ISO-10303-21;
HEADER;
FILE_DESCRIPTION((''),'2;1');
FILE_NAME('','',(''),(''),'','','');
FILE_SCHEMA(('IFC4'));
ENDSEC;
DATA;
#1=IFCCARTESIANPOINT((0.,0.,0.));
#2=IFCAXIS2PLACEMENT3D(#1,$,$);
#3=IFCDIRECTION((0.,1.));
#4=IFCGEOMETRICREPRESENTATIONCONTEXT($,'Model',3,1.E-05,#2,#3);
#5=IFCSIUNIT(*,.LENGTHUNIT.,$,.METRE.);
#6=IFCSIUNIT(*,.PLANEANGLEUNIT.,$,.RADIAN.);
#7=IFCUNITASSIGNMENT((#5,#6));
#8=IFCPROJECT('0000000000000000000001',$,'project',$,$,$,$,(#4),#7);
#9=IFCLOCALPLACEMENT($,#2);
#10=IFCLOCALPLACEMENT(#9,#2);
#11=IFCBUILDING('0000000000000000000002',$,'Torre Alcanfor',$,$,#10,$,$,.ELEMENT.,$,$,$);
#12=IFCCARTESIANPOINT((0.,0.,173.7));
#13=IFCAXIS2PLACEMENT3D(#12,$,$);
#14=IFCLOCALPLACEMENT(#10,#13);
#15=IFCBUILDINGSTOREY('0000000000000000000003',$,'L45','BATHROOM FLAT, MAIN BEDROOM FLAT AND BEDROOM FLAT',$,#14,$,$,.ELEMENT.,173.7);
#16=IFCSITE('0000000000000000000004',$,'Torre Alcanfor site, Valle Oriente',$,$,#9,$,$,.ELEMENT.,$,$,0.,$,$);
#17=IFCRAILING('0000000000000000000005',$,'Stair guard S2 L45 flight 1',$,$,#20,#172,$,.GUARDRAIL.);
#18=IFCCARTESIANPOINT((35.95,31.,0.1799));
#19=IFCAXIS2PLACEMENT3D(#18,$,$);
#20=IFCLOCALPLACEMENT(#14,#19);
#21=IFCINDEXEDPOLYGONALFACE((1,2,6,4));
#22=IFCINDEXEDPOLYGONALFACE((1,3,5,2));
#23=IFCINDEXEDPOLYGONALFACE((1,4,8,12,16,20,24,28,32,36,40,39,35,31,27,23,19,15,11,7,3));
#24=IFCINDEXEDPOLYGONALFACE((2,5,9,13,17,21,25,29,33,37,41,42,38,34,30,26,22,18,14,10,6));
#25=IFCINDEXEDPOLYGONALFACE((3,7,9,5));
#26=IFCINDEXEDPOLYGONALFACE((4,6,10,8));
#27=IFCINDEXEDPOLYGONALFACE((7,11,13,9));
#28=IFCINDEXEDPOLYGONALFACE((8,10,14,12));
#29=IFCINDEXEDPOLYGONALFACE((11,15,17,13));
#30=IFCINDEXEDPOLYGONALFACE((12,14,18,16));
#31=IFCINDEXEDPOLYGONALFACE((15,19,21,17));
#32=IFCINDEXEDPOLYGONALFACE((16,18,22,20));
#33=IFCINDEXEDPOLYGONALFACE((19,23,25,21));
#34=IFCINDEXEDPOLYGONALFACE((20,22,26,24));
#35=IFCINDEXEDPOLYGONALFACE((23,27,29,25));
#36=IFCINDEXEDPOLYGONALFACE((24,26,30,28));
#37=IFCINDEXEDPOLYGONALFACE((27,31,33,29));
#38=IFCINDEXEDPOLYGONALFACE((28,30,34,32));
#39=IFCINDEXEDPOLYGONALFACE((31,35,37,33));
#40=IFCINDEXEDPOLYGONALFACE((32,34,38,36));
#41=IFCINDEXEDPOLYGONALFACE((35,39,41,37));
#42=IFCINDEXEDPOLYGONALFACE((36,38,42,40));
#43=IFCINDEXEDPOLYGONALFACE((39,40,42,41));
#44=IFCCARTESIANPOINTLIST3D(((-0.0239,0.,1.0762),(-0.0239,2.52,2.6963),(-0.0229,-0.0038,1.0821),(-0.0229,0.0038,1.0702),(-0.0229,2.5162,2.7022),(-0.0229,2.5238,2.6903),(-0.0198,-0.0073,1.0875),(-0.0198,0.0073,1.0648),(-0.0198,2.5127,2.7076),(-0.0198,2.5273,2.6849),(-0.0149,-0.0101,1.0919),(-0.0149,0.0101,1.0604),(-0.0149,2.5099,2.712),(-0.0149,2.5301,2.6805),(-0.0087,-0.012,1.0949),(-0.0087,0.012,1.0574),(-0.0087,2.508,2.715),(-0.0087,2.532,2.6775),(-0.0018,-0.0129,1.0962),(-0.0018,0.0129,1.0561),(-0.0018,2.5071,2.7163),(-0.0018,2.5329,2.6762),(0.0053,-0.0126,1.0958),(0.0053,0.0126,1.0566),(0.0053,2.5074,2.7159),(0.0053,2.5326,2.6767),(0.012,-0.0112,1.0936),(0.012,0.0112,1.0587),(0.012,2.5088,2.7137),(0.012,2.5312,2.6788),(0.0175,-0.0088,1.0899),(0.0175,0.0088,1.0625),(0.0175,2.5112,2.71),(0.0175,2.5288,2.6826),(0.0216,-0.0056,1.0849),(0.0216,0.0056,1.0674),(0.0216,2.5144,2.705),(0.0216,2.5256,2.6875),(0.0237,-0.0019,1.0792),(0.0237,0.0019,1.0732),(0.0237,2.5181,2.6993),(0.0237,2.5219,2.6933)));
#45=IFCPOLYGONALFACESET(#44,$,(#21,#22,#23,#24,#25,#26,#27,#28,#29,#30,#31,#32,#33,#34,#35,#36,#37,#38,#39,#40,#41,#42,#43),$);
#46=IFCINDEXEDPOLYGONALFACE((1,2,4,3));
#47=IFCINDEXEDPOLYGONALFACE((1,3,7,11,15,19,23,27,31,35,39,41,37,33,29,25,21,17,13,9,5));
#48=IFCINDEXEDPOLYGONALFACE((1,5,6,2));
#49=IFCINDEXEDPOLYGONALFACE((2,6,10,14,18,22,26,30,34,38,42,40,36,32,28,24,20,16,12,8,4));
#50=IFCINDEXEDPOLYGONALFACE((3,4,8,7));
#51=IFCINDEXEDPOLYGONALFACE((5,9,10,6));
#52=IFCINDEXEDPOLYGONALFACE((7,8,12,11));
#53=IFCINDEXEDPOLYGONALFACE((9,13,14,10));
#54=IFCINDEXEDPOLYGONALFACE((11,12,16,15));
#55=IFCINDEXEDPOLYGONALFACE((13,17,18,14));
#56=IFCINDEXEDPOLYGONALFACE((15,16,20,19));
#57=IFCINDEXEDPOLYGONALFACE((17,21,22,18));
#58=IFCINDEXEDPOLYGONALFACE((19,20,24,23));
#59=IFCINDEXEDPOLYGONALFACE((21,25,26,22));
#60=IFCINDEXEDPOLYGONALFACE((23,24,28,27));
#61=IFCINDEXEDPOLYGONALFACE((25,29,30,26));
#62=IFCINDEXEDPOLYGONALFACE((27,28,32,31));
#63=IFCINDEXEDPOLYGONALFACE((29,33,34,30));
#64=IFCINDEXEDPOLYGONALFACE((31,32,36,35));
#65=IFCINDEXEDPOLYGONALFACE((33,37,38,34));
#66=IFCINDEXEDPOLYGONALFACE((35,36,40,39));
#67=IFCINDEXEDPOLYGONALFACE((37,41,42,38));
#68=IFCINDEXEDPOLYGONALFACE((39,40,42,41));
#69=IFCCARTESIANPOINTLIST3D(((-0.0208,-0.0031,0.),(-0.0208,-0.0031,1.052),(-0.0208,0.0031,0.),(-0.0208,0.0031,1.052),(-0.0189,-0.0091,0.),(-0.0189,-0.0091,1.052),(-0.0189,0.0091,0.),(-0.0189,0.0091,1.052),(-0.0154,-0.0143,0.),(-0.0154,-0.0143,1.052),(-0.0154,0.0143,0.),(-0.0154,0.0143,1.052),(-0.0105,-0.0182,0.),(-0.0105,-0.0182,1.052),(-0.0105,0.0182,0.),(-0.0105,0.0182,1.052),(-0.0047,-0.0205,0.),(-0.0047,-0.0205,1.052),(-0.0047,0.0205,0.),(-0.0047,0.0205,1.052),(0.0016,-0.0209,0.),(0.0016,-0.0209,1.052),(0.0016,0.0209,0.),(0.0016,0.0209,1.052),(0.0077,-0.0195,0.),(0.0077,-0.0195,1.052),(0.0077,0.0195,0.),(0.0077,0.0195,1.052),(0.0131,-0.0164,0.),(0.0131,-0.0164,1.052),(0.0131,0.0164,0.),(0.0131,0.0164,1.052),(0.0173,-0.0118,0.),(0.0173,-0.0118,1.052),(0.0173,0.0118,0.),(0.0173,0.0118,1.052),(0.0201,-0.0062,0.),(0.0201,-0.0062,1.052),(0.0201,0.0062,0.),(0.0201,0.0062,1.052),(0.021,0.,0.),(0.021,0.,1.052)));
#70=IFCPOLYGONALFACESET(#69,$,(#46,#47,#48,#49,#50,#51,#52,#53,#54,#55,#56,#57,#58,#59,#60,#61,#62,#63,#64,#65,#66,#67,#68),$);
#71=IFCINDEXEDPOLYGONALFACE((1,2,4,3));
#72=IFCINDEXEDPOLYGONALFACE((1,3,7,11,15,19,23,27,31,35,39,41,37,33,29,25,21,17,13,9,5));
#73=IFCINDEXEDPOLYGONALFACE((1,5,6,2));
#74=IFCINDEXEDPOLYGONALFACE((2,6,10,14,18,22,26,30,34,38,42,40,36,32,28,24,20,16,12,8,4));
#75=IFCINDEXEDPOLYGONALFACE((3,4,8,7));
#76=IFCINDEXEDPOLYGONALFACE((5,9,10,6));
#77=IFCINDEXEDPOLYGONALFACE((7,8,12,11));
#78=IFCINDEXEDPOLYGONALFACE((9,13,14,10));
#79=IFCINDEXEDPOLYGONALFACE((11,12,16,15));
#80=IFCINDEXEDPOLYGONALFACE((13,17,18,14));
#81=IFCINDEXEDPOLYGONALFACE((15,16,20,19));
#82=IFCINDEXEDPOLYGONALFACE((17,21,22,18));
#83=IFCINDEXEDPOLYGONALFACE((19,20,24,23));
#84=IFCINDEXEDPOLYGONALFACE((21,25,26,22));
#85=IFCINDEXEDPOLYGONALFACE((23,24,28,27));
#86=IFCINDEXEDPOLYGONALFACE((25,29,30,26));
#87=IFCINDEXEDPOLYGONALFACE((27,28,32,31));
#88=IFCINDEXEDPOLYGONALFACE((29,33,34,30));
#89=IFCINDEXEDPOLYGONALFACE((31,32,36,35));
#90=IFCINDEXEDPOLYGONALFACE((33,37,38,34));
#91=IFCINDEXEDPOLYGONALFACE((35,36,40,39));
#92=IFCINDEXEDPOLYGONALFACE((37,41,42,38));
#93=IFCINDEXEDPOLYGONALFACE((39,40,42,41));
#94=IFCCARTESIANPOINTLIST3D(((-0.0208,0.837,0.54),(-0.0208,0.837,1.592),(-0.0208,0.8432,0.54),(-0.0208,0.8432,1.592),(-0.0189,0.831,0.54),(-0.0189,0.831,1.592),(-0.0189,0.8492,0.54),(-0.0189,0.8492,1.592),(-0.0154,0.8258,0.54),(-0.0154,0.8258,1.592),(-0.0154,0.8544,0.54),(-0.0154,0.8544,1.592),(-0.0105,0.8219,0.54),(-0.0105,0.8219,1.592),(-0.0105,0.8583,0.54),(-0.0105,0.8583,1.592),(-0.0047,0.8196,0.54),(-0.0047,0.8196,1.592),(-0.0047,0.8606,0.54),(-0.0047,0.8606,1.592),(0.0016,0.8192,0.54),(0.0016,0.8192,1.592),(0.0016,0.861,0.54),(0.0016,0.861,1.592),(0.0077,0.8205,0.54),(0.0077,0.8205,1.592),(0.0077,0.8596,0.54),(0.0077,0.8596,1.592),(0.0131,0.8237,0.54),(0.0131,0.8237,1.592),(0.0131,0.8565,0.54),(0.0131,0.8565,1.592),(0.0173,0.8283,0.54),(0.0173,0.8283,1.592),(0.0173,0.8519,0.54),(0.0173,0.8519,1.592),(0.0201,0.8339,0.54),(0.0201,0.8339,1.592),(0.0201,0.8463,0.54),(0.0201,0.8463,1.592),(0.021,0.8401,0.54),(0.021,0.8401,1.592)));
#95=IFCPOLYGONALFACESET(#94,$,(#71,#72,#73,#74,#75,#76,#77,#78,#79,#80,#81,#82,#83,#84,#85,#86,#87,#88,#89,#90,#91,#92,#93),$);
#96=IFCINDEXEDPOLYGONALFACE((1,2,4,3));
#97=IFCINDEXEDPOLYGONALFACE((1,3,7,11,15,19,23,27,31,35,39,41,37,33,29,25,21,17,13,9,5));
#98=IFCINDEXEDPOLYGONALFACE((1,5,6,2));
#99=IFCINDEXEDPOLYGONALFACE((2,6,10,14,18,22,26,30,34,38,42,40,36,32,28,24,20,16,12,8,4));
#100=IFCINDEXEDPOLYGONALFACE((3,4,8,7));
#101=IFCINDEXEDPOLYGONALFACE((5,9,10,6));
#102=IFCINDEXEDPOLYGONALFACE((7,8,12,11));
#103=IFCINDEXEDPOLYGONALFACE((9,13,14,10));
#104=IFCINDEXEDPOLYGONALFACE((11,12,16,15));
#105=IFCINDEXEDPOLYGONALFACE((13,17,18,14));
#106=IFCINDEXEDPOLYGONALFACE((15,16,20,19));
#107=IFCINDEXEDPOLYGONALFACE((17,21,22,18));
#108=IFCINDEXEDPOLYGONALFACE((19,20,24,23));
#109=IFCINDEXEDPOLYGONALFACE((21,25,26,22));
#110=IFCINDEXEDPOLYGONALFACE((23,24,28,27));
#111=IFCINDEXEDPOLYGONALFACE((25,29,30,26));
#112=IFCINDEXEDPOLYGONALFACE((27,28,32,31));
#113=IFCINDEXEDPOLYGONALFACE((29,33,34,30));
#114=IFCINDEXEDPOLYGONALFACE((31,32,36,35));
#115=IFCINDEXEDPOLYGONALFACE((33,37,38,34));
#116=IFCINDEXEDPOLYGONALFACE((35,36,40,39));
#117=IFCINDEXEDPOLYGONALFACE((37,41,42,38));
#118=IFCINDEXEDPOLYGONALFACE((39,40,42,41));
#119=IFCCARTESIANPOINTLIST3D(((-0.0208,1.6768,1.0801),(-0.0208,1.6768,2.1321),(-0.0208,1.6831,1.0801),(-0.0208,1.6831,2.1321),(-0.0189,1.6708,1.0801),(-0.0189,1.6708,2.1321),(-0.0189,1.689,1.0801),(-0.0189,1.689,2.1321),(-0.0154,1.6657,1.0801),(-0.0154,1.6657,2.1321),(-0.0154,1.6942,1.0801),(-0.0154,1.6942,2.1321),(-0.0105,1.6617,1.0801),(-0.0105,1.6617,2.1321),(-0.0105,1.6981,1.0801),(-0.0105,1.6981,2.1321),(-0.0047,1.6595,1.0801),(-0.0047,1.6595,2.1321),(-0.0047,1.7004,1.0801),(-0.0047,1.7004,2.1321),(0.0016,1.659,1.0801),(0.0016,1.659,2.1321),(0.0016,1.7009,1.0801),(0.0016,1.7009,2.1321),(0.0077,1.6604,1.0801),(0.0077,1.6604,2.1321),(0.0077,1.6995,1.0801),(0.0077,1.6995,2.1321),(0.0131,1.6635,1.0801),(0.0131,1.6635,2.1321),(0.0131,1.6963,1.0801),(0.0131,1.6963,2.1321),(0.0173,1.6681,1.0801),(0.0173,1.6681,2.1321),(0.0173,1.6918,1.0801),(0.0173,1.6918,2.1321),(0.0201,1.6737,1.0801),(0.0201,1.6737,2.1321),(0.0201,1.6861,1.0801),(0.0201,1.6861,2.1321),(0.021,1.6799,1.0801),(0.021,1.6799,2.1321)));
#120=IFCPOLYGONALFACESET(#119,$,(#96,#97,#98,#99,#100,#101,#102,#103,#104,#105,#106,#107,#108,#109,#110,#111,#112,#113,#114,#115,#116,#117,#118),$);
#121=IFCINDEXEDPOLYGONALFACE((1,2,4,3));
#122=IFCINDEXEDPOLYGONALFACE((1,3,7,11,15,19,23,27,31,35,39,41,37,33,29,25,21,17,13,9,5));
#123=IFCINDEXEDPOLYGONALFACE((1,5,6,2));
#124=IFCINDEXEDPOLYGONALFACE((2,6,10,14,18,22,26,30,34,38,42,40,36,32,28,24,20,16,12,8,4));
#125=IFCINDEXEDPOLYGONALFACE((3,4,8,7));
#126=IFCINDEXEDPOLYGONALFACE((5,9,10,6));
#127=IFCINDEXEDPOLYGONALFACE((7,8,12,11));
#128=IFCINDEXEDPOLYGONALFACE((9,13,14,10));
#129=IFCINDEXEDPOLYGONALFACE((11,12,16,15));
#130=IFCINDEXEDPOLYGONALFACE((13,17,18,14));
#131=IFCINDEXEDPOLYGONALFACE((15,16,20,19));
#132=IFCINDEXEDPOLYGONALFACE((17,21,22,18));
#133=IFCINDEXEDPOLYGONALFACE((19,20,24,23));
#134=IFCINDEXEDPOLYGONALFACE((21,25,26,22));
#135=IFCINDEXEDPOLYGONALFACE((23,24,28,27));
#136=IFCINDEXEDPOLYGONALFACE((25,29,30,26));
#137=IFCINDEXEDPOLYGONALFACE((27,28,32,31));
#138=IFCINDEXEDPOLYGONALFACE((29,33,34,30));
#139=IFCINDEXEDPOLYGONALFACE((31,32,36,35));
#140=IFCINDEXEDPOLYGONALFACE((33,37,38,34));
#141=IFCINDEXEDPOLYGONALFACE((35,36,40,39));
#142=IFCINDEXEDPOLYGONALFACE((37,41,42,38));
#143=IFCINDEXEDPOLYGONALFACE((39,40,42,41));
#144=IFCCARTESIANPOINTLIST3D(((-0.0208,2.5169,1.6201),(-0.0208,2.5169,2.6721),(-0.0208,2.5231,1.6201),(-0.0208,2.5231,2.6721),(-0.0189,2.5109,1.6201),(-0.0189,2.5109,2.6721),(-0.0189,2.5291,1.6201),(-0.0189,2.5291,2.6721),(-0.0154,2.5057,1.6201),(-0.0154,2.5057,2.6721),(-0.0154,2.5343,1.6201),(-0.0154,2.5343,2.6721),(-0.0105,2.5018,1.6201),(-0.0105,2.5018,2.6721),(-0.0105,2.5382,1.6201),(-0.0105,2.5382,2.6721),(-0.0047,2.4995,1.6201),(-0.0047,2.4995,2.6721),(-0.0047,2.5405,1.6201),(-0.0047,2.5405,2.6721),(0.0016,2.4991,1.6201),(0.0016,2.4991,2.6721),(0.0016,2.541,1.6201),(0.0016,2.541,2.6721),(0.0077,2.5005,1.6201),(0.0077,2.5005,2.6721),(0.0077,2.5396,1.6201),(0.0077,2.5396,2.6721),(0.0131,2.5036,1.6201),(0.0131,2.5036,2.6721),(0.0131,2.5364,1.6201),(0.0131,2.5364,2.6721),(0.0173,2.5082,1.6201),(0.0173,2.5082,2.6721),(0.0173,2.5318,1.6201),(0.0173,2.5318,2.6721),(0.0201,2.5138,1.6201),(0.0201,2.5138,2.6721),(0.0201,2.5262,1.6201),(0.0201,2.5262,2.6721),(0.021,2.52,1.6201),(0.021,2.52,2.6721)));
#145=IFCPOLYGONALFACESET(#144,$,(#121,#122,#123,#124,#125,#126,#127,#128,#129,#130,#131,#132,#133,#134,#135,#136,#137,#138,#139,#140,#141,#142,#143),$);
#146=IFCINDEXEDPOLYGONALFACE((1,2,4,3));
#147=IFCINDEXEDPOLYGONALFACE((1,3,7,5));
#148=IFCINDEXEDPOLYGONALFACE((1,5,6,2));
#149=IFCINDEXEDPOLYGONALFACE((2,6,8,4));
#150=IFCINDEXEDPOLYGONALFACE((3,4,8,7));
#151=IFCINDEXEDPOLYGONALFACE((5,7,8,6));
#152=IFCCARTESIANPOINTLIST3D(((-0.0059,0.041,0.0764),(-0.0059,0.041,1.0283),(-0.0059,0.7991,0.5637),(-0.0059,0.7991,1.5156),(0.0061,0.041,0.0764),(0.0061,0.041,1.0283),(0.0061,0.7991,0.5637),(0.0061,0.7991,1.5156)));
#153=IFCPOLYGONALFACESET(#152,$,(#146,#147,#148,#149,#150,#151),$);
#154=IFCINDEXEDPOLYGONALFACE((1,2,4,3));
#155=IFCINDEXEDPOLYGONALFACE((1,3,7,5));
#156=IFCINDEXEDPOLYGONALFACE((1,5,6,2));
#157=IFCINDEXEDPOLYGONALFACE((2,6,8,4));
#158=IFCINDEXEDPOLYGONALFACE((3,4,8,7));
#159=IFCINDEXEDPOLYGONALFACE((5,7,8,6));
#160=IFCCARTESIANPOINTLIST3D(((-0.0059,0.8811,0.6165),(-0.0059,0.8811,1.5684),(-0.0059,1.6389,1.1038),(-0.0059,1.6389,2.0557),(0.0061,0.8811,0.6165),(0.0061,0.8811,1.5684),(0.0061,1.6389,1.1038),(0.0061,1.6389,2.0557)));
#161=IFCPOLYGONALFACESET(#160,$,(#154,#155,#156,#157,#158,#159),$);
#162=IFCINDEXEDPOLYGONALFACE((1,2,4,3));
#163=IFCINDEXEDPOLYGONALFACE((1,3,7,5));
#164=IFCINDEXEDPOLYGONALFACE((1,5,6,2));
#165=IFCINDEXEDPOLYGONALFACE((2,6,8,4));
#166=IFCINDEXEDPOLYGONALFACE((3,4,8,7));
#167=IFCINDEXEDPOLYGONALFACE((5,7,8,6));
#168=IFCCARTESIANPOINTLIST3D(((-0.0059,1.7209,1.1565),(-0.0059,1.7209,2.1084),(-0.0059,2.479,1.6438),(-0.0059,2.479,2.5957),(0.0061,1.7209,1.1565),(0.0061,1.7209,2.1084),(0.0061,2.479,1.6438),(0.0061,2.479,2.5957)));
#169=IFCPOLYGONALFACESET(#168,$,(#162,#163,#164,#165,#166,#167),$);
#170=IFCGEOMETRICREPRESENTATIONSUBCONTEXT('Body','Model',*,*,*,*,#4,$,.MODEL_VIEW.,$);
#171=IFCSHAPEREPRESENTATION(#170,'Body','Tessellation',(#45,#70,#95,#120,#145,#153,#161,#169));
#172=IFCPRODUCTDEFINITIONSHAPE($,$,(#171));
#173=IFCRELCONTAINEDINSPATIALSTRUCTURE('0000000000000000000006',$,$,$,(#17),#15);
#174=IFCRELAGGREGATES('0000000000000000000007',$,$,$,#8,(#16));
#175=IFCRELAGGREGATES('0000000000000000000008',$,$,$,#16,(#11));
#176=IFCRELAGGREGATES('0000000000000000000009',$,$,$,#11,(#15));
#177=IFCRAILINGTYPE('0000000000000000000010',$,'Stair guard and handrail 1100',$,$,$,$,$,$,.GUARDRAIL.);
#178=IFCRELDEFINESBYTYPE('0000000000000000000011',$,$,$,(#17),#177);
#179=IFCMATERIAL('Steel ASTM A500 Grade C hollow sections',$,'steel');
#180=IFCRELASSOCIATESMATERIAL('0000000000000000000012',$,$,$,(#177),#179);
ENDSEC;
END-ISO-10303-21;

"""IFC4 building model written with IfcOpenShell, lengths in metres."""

from ifc_helpers import new_model, si_unit, direction, frame, origin, origin_2d, place, context, subcontext, project, spatial, polyline, circle, outline, extrude, material, type_object, element, save


model = new_model("IFC4")

# Units and contexts
model_context = context("Model", 3, precision=1e-05, world=origin(), true_north=direction((0.0, 1.0)))
body_context = subcontext(model_context, "Body", "Model", "MODEL_VIEW")
ifc_project = project(units=[si_unit("LENGTHUNIT", "METRE"), si_unit("PLANEANGLEUNIT", "RADIAN")], contexts=[model_context])

# Site, building, storey
site_placement = place(None, origin())
site = spatial("IfcSite", under=ifc_project, at=site_placement, Name="Torre Alcanfor site, Valle Oriente", CompositionType="ELEMENT", RefElevation=0.0)
building_placement = place(site_placement, origin())
building = spatial("IfcBuilding", under=site, at=building_placement, Name="Torre Alcanfor", CompositionType="ELEMENT")
storey_placement = place(building_placement, frame((0.0, 0.0, 173.7)))
storey = spatial("IfcBuildingStorey", under=building, at=storey_placement, Name="L45", Description="BATHROOM FLAT, MAIN BEDROOM FLAT AND BEDROOM FLAT", CompositionType="ELEMENT", Elevation=173.7)

# Railing
ifc_material_1 = material(Name="Steel ASTM A500 Grade C hollow sections", Category="steel")
railing_type_1 = type_object("IfcRailingType", Name="Stair guard and handrail 1100", PredefinedType="GUARDRAIL", material=ifc_material_1)
railing_1_placement = place(storey_placement, frame((35.95, 31.0, 0.1799)))
element("IfcRailing", 1, at=railing_1_placement, inside=storey, type_object=railing_type_1, Name="Stair guard S2 L45 flight 1", PredefinedType="GUARDRAIL", context=body_context, shape_type="SweptSolid", body=[
    extrude(circle(Radius=0.0239, at=origin_2d()), frame((0.0, 0.0, 1.0762), z_axis=(0.0, 0.841163, 0.540782), x_axis=(-1.0, 0.0, 0.0)), (0.0, 0.0, 1.0), 2.9958),
    extrude(circle(Radius=0.021, at=origin_2d()), origin(), (0.0, 0.0, 1.0), 1.052),
    extrude(circle(Radius=0.021, at=origin_2d()), frame((0.0, 0.8401, 0.54)), (0.0, 0.0, 1.0), 1.052),
    extrude(circle(Radius=0.021, at=origin_2d()), frame((0.0, 1.6799, 1.0801)), (0.0, 0.0, 1.0), 1.052),
    extrude(circle(Radius=0.021, at=origin_2d()), frame((0.0, 2.52, 1.6201)), (0.0, 0.0, 1.0), 1.052),
    extrude(outline(polyline([(0.041, 0.0764), (0.7991, 0.5637), (0.7991, 1.5156), (0.041, 1.0283), (0.041, 0.0764)])), frame((-0.0059, 0.0, 0.0), z_axis=(1.0, 0.0, 0.0), x_axis=(0.0, 1.0, 0.0)), (0.0, 0.0, 1.0), 0.012),
    extrude(outline(polyline([(0.8811, 0.6165), (1.6389, 1.1038), (1.6389, 2.0557), (0.8811, 1.5684), (0.8811, 0.6165)])), frame((-0.0059, 0.0, 0.0), z_axis=(1.0, 0.0, 0.0), x_axis=(0.0, 1.0, 0.0)), (0.0, 0.0, 1.0), 0.012),
    extrude(outline(polyline([(1.7209, 1.1565), (2.479, 1.6438), (2.479, 2.5957), (1.7209, 2.1084), (1.7209, 1.1565)])), frame((-0.0059, 0.0, 0.0), z_axis=(1.0, 0.0, 0.0), x_axis=(0.0, 1.0, 0.0)), (0.0, 0.0, 1.0), 0.012),
])

save(model, "model.ifc")
